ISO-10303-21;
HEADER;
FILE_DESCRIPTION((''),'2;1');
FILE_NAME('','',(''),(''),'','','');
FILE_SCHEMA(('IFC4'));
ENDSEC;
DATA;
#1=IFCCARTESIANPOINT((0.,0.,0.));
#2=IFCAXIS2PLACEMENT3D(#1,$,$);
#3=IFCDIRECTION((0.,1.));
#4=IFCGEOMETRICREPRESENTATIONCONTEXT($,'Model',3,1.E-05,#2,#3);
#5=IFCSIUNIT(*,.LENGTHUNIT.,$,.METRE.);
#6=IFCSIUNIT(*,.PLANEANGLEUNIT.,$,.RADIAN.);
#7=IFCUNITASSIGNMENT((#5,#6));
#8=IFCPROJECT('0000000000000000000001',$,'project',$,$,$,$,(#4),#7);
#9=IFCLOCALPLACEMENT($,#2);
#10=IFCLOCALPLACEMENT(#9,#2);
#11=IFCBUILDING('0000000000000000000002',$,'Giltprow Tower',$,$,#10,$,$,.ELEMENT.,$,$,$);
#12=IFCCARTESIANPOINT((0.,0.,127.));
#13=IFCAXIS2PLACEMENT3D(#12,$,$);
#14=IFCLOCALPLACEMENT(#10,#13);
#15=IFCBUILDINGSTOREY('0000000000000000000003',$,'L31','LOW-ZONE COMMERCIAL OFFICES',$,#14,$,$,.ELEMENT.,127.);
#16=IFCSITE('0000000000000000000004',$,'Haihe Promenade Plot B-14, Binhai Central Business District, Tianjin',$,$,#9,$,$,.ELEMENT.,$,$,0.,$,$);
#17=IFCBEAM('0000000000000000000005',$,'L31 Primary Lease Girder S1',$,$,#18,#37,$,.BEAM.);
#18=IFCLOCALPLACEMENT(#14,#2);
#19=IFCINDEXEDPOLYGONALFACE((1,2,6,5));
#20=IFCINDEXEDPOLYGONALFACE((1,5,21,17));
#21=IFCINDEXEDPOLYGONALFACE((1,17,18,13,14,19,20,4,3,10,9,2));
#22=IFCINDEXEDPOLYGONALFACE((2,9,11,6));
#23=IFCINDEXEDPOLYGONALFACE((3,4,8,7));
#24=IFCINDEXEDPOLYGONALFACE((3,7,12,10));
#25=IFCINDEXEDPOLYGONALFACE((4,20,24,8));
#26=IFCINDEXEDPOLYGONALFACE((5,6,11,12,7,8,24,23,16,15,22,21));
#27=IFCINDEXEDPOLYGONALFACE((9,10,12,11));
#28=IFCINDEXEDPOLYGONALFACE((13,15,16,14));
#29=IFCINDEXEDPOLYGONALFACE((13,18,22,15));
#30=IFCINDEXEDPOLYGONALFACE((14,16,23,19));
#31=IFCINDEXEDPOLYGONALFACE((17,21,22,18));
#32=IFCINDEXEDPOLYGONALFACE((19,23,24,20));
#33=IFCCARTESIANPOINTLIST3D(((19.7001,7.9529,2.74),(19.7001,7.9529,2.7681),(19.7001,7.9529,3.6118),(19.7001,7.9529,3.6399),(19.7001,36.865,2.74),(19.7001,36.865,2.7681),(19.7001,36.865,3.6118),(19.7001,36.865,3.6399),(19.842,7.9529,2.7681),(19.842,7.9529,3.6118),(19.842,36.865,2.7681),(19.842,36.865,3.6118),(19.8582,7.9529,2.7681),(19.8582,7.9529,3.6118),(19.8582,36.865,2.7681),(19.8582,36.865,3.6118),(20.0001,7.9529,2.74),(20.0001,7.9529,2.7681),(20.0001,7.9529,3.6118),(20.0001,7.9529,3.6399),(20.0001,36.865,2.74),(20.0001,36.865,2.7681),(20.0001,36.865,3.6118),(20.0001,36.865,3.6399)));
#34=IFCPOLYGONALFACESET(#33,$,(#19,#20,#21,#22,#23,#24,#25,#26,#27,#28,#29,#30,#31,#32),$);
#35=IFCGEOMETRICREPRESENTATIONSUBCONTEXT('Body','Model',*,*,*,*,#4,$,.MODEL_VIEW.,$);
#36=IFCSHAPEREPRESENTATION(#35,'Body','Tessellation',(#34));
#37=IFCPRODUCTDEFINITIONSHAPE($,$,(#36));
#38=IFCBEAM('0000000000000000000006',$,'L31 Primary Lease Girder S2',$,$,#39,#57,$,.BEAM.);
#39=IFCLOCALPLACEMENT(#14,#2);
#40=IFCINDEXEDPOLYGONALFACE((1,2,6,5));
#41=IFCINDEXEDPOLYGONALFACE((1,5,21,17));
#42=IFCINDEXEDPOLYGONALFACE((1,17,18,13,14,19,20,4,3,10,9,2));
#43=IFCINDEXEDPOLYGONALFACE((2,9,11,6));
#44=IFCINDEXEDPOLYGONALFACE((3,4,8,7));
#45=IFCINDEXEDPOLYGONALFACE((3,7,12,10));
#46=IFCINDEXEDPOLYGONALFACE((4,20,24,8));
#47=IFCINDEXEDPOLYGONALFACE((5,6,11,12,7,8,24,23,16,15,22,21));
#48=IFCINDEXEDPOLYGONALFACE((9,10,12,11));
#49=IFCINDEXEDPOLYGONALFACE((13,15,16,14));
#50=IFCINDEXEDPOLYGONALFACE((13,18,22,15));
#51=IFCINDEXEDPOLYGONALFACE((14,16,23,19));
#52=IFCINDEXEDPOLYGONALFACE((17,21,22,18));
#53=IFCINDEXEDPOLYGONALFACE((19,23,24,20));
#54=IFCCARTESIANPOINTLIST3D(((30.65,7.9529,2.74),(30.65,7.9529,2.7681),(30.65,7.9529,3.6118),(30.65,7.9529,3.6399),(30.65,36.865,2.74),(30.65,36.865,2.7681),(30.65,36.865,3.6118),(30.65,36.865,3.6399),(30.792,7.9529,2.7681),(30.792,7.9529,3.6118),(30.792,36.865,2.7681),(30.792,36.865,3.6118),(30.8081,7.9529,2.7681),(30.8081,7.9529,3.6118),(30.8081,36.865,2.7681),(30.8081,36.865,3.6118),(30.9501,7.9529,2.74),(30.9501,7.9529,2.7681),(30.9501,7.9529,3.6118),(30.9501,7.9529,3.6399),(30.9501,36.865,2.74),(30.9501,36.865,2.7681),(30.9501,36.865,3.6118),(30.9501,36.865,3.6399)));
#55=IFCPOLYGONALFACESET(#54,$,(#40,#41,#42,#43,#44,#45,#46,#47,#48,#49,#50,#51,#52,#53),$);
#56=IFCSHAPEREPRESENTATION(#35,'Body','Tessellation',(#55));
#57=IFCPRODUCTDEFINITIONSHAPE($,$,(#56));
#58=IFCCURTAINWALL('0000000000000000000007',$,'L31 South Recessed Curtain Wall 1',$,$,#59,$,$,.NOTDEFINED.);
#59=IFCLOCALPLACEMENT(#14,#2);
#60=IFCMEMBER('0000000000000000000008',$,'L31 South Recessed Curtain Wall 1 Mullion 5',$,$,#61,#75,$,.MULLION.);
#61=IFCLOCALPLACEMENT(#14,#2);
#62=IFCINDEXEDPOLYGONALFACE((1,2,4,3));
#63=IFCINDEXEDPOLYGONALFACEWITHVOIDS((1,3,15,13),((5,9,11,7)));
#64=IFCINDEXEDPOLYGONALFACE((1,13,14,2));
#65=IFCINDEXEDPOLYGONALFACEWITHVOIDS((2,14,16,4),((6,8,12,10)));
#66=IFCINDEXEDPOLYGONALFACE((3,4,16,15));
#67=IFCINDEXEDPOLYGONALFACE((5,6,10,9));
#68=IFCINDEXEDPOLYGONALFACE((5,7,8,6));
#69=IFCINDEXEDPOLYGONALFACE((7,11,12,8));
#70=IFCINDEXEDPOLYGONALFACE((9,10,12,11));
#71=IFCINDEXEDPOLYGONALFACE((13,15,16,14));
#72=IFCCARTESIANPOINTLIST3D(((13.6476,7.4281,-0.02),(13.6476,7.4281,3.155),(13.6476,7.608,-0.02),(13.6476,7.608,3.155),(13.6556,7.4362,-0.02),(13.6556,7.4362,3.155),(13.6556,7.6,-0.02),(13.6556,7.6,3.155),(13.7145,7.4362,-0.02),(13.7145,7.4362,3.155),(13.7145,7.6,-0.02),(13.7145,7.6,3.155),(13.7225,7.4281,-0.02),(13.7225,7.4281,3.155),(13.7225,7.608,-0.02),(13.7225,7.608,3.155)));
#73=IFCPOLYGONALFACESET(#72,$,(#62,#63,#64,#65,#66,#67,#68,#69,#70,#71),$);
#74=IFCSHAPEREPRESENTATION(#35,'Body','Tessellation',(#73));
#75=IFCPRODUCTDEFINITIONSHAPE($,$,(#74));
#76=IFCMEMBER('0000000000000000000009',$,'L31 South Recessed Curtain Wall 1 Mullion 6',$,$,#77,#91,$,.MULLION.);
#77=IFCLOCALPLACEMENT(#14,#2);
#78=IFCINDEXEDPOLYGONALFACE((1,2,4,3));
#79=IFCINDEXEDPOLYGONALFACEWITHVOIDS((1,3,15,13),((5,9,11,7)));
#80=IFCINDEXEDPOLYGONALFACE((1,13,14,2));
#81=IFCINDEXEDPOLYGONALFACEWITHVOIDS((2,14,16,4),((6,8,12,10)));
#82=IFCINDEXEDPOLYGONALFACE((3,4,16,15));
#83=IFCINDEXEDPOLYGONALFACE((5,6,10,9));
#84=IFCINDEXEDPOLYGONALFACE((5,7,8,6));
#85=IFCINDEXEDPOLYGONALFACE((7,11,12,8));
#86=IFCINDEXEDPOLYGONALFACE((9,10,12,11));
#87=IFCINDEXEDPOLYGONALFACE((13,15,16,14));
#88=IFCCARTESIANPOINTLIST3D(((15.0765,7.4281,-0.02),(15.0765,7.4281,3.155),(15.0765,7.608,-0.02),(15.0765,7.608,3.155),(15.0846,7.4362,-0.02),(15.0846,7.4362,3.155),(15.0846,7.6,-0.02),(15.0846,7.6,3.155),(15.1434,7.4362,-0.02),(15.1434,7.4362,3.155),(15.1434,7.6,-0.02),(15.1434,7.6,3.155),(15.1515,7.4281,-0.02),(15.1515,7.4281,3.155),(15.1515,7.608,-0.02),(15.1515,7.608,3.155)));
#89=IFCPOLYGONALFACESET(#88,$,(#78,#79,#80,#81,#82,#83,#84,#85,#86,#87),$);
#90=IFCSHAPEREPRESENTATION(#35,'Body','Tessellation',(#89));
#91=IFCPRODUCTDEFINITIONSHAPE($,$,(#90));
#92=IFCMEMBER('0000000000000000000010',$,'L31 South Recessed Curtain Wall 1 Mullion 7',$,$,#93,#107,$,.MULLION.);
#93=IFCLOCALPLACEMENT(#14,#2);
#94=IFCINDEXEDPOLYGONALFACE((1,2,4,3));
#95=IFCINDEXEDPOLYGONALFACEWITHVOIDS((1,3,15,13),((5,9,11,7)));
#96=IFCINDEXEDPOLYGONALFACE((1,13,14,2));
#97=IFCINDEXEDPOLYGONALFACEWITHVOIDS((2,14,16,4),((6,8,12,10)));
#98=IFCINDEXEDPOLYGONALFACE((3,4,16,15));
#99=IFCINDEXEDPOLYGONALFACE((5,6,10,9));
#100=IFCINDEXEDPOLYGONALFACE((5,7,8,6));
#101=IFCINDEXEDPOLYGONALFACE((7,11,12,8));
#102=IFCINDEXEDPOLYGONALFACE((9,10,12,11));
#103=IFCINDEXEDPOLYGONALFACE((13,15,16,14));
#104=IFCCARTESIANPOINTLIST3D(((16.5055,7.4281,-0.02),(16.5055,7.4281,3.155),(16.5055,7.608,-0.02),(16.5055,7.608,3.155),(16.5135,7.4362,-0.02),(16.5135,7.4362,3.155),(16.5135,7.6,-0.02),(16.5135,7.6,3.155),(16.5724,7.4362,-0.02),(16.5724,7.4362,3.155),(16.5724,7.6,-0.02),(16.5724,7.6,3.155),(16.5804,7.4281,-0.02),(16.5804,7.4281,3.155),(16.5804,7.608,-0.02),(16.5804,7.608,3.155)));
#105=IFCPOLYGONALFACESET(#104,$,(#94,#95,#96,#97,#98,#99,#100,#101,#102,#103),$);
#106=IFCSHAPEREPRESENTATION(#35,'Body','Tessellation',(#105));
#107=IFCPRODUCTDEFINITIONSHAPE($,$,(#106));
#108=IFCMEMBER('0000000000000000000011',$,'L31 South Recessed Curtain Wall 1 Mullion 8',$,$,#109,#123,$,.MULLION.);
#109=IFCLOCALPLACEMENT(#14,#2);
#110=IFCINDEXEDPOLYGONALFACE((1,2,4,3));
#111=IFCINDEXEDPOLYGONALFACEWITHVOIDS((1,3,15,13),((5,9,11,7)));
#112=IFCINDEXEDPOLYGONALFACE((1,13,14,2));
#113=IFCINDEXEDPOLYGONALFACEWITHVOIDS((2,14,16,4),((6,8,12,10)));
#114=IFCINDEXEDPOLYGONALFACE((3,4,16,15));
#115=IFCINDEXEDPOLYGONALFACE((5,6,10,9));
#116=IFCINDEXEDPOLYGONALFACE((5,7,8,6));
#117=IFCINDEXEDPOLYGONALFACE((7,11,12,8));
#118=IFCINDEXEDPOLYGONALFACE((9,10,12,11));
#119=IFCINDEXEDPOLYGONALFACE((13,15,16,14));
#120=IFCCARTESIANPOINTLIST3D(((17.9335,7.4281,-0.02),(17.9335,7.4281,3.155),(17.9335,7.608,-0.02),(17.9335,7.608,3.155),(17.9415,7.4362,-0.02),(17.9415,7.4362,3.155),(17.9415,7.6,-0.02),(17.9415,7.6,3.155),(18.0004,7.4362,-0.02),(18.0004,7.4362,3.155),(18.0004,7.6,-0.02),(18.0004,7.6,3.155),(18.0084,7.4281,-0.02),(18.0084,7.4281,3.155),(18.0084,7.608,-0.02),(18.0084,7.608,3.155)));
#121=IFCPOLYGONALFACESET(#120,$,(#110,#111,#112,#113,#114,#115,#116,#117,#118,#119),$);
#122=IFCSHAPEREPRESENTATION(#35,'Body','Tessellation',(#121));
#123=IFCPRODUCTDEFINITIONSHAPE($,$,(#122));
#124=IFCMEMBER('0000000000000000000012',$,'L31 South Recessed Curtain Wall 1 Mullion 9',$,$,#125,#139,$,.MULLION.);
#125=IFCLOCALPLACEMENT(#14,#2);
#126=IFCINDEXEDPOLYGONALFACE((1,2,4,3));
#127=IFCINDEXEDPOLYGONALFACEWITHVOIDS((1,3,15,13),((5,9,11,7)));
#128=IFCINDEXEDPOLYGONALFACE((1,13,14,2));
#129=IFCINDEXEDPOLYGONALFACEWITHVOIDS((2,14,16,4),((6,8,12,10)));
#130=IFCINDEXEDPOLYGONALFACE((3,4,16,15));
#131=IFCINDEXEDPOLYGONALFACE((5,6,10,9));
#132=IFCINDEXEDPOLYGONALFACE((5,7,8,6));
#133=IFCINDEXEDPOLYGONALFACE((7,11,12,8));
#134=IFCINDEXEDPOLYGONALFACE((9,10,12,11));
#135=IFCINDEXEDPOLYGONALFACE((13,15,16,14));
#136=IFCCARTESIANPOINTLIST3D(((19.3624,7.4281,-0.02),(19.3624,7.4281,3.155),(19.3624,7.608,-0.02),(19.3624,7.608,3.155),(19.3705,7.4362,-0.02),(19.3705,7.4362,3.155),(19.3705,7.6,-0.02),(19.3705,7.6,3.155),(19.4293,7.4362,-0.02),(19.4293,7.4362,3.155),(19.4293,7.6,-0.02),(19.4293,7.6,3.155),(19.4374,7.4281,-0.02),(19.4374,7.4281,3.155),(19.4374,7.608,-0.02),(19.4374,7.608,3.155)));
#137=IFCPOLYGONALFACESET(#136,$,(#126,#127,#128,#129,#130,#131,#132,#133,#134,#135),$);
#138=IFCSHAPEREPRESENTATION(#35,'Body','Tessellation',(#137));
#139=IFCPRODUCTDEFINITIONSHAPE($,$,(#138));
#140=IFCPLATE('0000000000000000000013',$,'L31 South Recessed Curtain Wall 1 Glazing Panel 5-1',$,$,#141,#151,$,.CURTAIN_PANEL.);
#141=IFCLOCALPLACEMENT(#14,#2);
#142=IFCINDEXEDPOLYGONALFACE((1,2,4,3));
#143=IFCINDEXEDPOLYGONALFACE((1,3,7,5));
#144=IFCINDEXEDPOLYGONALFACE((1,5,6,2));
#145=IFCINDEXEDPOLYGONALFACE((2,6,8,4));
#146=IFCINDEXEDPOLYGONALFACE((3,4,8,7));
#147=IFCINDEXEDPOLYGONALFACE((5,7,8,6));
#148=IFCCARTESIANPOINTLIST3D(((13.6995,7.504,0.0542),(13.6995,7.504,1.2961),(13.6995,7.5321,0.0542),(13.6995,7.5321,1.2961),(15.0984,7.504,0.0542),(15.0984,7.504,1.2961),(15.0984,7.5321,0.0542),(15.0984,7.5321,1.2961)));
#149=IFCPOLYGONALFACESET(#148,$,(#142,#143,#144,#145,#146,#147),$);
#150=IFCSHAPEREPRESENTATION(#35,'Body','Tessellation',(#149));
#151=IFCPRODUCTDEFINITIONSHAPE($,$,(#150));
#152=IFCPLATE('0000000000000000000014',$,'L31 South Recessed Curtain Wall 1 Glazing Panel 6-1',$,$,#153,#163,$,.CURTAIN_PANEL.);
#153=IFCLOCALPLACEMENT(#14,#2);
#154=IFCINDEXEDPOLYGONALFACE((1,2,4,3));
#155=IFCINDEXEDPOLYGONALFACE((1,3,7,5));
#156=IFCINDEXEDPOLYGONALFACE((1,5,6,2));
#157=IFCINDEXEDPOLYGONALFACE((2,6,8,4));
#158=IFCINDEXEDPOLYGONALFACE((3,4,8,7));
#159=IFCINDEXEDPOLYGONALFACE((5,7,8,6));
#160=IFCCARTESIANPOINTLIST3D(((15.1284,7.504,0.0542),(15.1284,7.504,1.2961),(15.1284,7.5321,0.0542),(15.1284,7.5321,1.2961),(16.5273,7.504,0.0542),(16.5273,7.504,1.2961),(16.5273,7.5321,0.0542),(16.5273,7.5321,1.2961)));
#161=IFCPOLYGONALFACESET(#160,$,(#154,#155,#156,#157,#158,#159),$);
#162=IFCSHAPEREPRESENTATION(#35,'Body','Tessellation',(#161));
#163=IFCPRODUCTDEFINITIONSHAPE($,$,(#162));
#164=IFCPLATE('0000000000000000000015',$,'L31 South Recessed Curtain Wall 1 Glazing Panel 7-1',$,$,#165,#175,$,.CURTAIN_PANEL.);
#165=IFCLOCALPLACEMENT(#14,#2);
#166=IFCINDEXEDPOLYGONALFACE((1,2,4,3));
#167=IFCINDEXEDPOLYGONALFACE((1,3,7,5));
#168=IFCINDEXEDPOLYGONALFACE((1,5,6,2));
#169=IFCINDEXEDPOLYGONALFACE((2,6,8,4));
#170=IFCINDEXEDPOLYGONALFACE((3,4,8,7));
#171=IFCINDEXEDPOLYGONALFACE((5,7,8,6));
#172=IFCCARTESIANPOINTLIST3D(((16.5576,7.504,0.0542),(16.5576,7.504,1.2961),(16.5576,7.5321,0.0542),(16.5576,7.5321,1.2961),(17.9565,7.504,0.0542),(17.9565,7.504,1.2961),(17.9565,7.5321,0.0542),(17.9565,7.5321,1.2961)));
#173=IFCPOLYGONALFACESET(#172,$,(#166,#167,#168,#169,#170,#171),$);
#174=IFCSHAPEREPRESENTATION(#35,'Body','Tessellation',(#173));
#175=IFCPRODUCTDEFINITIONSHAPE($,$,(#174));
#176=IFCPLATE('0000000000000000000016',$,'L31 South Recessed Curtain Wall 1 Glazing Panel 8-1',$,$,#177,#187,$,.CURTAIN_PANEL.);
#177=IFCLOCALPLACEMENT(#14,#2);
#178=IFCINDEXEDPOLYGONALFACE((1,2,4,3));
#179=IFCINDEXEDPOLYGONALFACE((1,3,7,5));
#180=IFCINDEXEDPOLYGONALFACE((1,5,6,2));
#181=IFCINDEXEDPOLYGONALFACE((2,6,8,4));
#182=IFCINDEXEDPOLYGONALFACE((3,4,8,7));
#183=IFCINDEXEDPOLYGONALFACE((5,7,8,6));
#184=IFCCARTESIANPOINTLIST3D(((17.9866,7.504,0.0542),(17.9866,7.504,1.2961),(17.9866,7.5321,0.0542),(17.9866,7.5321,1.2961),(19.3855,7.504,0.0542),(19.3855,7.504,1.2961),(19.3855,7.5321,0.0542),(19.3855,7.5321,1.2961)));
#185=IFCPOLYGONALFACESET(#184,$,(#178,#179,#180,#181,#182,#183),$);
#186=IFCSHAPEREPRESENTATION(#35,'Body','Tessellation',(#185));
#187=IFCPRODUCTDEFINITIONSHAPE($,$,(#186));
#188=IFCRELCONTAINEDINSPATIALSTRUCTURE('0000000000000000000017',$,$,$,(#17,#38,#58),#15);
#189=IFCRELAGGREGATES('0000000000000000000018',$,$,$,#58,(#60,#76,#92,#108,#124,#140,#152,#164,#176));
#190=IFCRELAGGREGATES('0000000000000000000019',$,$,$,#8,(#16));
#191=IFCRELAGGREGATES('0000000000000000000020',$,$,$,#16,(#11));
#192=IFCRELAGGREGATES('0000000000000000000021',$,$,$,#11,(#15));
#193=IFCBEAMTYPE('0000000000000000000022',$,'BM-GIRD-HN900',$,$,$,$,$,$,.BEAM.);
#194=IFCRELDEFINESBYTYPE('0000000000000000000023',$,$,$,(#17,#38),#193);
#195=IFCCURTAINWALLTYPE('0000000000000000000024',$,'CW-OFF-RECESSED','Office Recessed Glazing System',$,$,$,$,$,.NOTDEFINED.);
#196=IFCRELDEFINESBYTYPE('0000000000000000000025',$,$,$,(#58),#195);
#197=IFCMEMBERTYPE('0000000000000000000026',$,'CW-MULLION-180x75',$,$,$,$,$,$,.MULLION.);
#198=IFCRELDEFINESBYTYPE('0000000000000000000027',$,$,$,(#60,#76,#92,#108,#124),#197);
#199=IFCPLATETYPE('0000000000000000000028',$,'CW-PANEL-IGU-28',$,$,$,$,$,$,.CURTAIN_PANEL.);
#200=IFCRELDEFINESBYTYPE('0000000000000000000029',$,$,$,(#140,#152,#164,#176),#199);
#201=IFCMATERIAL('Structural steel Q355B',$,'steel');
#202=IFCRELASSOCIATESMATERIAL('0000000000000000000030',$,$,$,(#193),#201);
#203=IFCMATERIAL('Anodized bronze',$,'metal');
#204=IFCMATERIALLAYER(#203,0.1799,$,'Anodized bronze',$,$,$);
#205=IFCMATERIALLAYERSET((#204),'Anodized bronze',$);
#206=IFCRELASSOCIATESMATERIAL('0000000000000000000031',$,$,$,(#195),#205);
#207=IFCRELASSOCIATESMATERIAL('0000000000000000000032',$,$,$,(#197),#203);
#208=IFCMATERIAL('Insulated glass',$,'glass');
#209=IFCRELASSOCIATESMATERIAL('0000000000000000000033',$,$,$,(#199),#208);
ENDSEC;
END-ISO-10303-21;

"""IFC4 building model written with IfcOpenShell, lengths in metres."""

from ifc_helpers import new_model, si_unit, direction, frame, origin, origin_2d, place, context, subcontext, project, spatial, rectangle, hollow_rectangle, i_section, extrude, source, transform, mapped, material, layer, layer_set, material_profile, profile_set, type_object, element, aggregate, save


model = new_model("IFC4")

# Units and contexts
model_context = context("Model", 3, precision=1e-05, world=origin(), true_north=direction((0.0, 1.0)))
body_context = subcontext(model_context, "Body", "Model", "MODEL_VIEW")
ifc_project = project(units=[si_unit("LENGTHUNIT", "METRE"), si_unit("PLANEANGLEUNIT", "RADIAN")], contexts=[model_context])

# Site, building, storey
site_placement = place(None, origin())
site = spatial("IfcSite", under=ifc_project, at=site_placement, Name="Haihe Promenade Plot B-14, Binhai Central Business District, Tianjin", CompositionType="ELEMENT", RefElevation=0.0)
building_placement = place(site_placement, origin())
building = spatial("IfcBuilding", under=site, at=building_placement, Name="Giltprow Tower", CompositionType="ELEMENT")
storey_placement = place(building_placement, frame((0.0, 0.0, 127.0)))
storey = spatial("IfcBuildingStorey", under=building, at=storey_placement, Name="L31", Description="LOW-ZONE COMMERCIAL OFFICES", CompositionType="ELEMENT", Elevation=127.0)

# Beams
ifc_material_1 = material(Name="Structural steel Q355B", Category="steel")
ifc_material_profile_1 = material_profile(ifc_material_1, i_section(OverallWidth=0.3, OverallDepth=0.8999, WebThickness=0.0161, FlangeThickness=0.0281, at=origin_2d()), Name="HN 900x300x16x28")
ifc_profile_set_1 = profile_set([ifc_material_profile_1], Name="Structural steel Q355B")
beam_type_1 = type_object("IfcBeamType", Name="BM-GIRD-HN900", PredefinedType="BEAM", material=ifc_profile_set_1)
shared_shape_1 = source(origin(), body_context, "Body", "SweptSolid", [
    extrude(i_section(OverallWidth=0.3, OverallDepth=0.8999, WebThickness=0.0161, FlangeThickness=0.0281, at=origin_2d()), origin(), (0.0, 0.0, 1.0), 28.9121),
])
for number, where, z_axis, x_axis, name in (
    (1, (19.8501, 7.9529, 3.1899), (0.0, 1.0, 0.0), (-1.0, 0.0, 0.0), "L31 Primary Lease Girder S1"),
    (2, (30.8, 7.9529, 3.1899), (0.0, 1.0, 0.0), (-1.0, 0.0, 0.0), "L31 Primary Lease Girder S2"),
):
    element("IfcBeam", number, at=place(storey_placement, frame(where, z_axis=z_axis, x_axis=x_axis)), inside=storey, type_object=beam_type_1, Name=name, PredefinedType="BEAM", context=body_context, shape_type="MappedRepresentation", body=[
        mapped(shared_shape_1, transform((0.0, 0.0, 0.0), x_axis=(1.0, 0.0, 0.0), y_axis=(0.0, 1.0, 0.0), z_axis=(0.0, 0.0, 1.0), scale=1.0)),
    ])

# Curtain wall, members, plates
ifc_material_2 = material(Name="Anodized bronze", Category="metal")
ifc_layer_1 = layer(ifc_material_2, 0.1799, Name="Anodized bronze")
ifc_layer_set_1 = layer_set([ifc_layer_1], Name="Anodized bronze")
curtain_wall_type = type_object("IfcCurtainWallType", Name="CW-OFF-RECESSED", Description="Office Recessed Glazing System", PredefinedType="NOTDEFINED", material=ifc_layer_set_1)
curtain_wall_placement = place(storey_placement, origin())
curtain_wall = element("IfcCurtainWall", 3, at=curtain_wall_placement, inside=storey, type_object=curtain_wall_type, Name="L31 South Recessed Curtain Wall 1", PredefinedType="NOTDEFINED")
ifc_material_profile_2 = material_profile(ifc_material_2, hollow_rectangle(XDim=0.075, YDim=0.1799, WallThickness=0.0081, at=origin_2d()), Name="RHS 180x75x8")
ifc_profile_set_2 = profile_set([ifc_material_profile_2], Name="Anodized bronze")
member_type = type_object("IfcMemberType", Name="CW-MULLION-180x75", PredefinedType="MULLION", material=ifc_profile_set_2)
shared_shape_2 = source(origin(), body_context, "Body", "SweptSolid", [
    extrude(hollow_rectangle(XDim=0.075, YDim=0.1799, WallThickness=0.0081, at=origin_2d()), origin(), (0.0, 0.0, 1.0), 3.175),
])
member_1_placement = place(storey_placement, frame((13.6851, 7.5181, -0.02), z_axis=(0.0, 0.0, 1.0), x_axis=(1.0, 0.0, 0.0)))
member_1 = element("IfcMember", 4, at=member_1_placement, type_object=member_type, Name="L31 South Recessed Curtain Wall 1 Mullion 5", PredefinedType="MULLION", context=body_context, shape_type="MappedRepresentation", body=[
    mapped(shared_shape_2, transform((0.0, 0.0, 0.0), x_axis=(1.0, 0.0, 0.0), y_axis=(0.0, 1.0, 0.0), z_axis=(0.0, 0.0, 1.0), scale=1.0)),
])
member_2_placement = place(storey_placement, frame((15.114, 7.5181, -0.02), z_axis=(0.0, 0.0, 1.0), x_axis=(1.0, 0.0, 0.0)))
member_2 = element("IfcMember", 5, at=member_2_placement, type_object=member_type, Name="L31 South Recessed Curtain Wall 1 Mullion 6", PredefinedType="MULLION", context=body_context, shape_type="MappedRepresentation", body=[
    mapped(shared_shape_2, transform((0.0, 0.0, 0.0), x_axis=(1.0, 0.0, 0.0), y_axis=(0.0, 1.0, 0.0), z_axis=(0.0, 0.0, 1.0), scale=1.0)),
])
member_3_placement = place(storey_placement, frame((16.543, 7.5181, -0.02), z_axis=(0.0, 0.0, 1.0), x_axis=(1.0, 0.0, 0.0)))
member_3 = element("IfcMember", 6, at=member_3_placement, type_object=member_type, Name="L31 South Recessed Curtain Wall 1 Mullion 7", PredefinedType="MULLION", context=body_context, shape_type="MappedRepresentation", body=[
    mapped(shared_shape_2, transform((0.0, 0.0, 0.0), x_axis=(1.0, 0.0, 0.0), y_axis=(0.0, 1.0, 0.0), z_axis=(0.0, 0.0, 1.0), scale=1.0)),
])
member_4_placement = place(storey_placement, frame((17.9709, 7.5181, -0.02), z_axis=(0.0, 0.0, 1.0), x_axis=(1.0, 0.0, 0.0)))
member_4 = element("IfcMember", 7, at=member_4_placement, type_object=member_type, Name="L31 South Recessed Curtain Wall 1 Mullion 8", PredefinedType="MULLION", context=body_context, shape_type="MappedRepresentation", body=[
    mapped(shared_shape_2, transform((0.0, 0.0, 0.0), x_axis=(1.0, 0.0, 0.0), y_axis=(0.0, 1.0, 0.0), z_axis=(0.0, 0.0, 1.0), scale=1.0)),
])
member_5_placement = place(storey_placement, frame((19.3999, 7.5181, -0.02), z_axis=(0.0, 0.0, 1.0), x_axis=(1.0, 0.0, 0.0)))
member_5 = element("IfcMember", 8, at=member_5_placement, type_object=member_type, Name="L31 South Recessed Curtain Wall 1 Mullion 9", PredefinedType="MULLION", context=body_context, shape_type="MappedRepresentation", body=[
    mapped(shared_shape_2, transform((0.0, 0.0, 0.0), x_axis=(1.0, 0.0, 0.0), y_axis=(0.0, 1.0, 0.0), z_axis=(0.0, 0.0, 1.0), scale=1.0)),
])
ifc_material_3 = material(Name="Insulated glass", Category="glass")
plate_type = type_object("IfcPlateType", Name="CW-PANEL-IGU-28", PredefinedType="CURTAIN_PANEL", material=ifc_material_3)
shared_shape_3 = source(origin(), body_context, "Body", "SweptSolid", [
    extrude(rectangle(XDim=1.3989, YDim=0.0281, at=origin_2d()), origin(), (0.0, 0.0, 1.0), 1.2419),
])
plate_1_placement = place(storey_placement, frame((14.3989, 7.5181, 0.0542), z_axis=(0.0, 0.0, 1.0), x_axis=(1.0, 0.0, 0.0)))
plate_1 = element("IfcPlate", 9, at=plate_1_placement, type_object=plate_type, Name="L31 South Recessed Curtain Wall 1 Glazing Panel 5-1", PredefinedType="CURTAIN_PANEL", context=body_context, shape_type="MappedRepresentation", body=[
    mapped(shared_shape_3, transform((0.0, 0.0, 0.0), x_axis=(1.0, 0.0, 0.0), y_axis=(0.0, 1.0, 0.0), z_axis=(0.0, 0.0, 1.0), scale=1.0)),
])
plate_2_placement = place(storey_placement, frame((15.8279, 7.5181, 0.0542), z_axis=(0.0, 0.0, 1.0), x_axis=(1.0, 0.0, 0.0)))
plate_2 = element("IfcPlate", 10, at=plate_2_placement, type_object=plate_type, Name="L31 South Recessed Curtain Wall 1 Glazing Panel 6-1", PredefinedType="CURTAIN_PANEL", context=body_context, shape_type="MappedRepresentation", body=[
    mapped(shared_shape_3, transform((0.0, 0.0, 0.0), x_axis=(1.0, 0.0, 0.0), y_axis=(0.0, 1.0, 0.0), z_axis=(0.0, 0.0, 1.0), scale=1.0)),
])
plate_3_placement = place(storey_placement, frame((17.2571, 7.5181, 0.0542), z_axis=(0.0, 0.0, 1.0), x_axis=(1.0, 0.0, 0.0)))
plate_3 = element("IfcPlate", 11, at=plate_3_placement, type_object=plate_type, Name="L31 South Recessed Curtain Wall 1 Glazing Panel 7-1", PredefinedType="CURTAIN_PANEL", context=body_context, shape_type="MappedRepresentation", body=[
    mapped(shared_shape_3, transform((0.0, 0.0, 0.0), x_axis=(1.0, 0.0, 0.0), y_axis=(0.0, 1.0, 0.0), z_axis=(0.0, 0.0, 1.0), scale=1.0)),
])
plate_4_placement = place(storey_placement, frame((18.686, 7.5181, 0.0542), z_axis=(0.0, 0.0, 1.0), x_axis=(1.0, 0.0, 0.0)))
plate_4 = element("IfcPlate", 12, at=plate_4_placement, type_object=plate_type, Name="L31 South Recessed Curtain Wall 1 Glazing Panel 8-1", PredefinedType="CURTAIN_PANEL", context=body_context, shape_type="MappedRepresentation", body=[
    mapped(shared_shape_3, transform((0.0, 0.0, 0.0), x_axis=(1.0, 0.0, 0.0), y_axis=(0.0, 1.0, 0.0), z_axis=(0.0, 0.0, 1.0), scale=1.0)),
])
aggregate(curtain_wall, [member_1, member_2, member_3, member_4, member_5, plate_1, plate_2, plate_3, plate_4])

save(model, "model.ifc")
